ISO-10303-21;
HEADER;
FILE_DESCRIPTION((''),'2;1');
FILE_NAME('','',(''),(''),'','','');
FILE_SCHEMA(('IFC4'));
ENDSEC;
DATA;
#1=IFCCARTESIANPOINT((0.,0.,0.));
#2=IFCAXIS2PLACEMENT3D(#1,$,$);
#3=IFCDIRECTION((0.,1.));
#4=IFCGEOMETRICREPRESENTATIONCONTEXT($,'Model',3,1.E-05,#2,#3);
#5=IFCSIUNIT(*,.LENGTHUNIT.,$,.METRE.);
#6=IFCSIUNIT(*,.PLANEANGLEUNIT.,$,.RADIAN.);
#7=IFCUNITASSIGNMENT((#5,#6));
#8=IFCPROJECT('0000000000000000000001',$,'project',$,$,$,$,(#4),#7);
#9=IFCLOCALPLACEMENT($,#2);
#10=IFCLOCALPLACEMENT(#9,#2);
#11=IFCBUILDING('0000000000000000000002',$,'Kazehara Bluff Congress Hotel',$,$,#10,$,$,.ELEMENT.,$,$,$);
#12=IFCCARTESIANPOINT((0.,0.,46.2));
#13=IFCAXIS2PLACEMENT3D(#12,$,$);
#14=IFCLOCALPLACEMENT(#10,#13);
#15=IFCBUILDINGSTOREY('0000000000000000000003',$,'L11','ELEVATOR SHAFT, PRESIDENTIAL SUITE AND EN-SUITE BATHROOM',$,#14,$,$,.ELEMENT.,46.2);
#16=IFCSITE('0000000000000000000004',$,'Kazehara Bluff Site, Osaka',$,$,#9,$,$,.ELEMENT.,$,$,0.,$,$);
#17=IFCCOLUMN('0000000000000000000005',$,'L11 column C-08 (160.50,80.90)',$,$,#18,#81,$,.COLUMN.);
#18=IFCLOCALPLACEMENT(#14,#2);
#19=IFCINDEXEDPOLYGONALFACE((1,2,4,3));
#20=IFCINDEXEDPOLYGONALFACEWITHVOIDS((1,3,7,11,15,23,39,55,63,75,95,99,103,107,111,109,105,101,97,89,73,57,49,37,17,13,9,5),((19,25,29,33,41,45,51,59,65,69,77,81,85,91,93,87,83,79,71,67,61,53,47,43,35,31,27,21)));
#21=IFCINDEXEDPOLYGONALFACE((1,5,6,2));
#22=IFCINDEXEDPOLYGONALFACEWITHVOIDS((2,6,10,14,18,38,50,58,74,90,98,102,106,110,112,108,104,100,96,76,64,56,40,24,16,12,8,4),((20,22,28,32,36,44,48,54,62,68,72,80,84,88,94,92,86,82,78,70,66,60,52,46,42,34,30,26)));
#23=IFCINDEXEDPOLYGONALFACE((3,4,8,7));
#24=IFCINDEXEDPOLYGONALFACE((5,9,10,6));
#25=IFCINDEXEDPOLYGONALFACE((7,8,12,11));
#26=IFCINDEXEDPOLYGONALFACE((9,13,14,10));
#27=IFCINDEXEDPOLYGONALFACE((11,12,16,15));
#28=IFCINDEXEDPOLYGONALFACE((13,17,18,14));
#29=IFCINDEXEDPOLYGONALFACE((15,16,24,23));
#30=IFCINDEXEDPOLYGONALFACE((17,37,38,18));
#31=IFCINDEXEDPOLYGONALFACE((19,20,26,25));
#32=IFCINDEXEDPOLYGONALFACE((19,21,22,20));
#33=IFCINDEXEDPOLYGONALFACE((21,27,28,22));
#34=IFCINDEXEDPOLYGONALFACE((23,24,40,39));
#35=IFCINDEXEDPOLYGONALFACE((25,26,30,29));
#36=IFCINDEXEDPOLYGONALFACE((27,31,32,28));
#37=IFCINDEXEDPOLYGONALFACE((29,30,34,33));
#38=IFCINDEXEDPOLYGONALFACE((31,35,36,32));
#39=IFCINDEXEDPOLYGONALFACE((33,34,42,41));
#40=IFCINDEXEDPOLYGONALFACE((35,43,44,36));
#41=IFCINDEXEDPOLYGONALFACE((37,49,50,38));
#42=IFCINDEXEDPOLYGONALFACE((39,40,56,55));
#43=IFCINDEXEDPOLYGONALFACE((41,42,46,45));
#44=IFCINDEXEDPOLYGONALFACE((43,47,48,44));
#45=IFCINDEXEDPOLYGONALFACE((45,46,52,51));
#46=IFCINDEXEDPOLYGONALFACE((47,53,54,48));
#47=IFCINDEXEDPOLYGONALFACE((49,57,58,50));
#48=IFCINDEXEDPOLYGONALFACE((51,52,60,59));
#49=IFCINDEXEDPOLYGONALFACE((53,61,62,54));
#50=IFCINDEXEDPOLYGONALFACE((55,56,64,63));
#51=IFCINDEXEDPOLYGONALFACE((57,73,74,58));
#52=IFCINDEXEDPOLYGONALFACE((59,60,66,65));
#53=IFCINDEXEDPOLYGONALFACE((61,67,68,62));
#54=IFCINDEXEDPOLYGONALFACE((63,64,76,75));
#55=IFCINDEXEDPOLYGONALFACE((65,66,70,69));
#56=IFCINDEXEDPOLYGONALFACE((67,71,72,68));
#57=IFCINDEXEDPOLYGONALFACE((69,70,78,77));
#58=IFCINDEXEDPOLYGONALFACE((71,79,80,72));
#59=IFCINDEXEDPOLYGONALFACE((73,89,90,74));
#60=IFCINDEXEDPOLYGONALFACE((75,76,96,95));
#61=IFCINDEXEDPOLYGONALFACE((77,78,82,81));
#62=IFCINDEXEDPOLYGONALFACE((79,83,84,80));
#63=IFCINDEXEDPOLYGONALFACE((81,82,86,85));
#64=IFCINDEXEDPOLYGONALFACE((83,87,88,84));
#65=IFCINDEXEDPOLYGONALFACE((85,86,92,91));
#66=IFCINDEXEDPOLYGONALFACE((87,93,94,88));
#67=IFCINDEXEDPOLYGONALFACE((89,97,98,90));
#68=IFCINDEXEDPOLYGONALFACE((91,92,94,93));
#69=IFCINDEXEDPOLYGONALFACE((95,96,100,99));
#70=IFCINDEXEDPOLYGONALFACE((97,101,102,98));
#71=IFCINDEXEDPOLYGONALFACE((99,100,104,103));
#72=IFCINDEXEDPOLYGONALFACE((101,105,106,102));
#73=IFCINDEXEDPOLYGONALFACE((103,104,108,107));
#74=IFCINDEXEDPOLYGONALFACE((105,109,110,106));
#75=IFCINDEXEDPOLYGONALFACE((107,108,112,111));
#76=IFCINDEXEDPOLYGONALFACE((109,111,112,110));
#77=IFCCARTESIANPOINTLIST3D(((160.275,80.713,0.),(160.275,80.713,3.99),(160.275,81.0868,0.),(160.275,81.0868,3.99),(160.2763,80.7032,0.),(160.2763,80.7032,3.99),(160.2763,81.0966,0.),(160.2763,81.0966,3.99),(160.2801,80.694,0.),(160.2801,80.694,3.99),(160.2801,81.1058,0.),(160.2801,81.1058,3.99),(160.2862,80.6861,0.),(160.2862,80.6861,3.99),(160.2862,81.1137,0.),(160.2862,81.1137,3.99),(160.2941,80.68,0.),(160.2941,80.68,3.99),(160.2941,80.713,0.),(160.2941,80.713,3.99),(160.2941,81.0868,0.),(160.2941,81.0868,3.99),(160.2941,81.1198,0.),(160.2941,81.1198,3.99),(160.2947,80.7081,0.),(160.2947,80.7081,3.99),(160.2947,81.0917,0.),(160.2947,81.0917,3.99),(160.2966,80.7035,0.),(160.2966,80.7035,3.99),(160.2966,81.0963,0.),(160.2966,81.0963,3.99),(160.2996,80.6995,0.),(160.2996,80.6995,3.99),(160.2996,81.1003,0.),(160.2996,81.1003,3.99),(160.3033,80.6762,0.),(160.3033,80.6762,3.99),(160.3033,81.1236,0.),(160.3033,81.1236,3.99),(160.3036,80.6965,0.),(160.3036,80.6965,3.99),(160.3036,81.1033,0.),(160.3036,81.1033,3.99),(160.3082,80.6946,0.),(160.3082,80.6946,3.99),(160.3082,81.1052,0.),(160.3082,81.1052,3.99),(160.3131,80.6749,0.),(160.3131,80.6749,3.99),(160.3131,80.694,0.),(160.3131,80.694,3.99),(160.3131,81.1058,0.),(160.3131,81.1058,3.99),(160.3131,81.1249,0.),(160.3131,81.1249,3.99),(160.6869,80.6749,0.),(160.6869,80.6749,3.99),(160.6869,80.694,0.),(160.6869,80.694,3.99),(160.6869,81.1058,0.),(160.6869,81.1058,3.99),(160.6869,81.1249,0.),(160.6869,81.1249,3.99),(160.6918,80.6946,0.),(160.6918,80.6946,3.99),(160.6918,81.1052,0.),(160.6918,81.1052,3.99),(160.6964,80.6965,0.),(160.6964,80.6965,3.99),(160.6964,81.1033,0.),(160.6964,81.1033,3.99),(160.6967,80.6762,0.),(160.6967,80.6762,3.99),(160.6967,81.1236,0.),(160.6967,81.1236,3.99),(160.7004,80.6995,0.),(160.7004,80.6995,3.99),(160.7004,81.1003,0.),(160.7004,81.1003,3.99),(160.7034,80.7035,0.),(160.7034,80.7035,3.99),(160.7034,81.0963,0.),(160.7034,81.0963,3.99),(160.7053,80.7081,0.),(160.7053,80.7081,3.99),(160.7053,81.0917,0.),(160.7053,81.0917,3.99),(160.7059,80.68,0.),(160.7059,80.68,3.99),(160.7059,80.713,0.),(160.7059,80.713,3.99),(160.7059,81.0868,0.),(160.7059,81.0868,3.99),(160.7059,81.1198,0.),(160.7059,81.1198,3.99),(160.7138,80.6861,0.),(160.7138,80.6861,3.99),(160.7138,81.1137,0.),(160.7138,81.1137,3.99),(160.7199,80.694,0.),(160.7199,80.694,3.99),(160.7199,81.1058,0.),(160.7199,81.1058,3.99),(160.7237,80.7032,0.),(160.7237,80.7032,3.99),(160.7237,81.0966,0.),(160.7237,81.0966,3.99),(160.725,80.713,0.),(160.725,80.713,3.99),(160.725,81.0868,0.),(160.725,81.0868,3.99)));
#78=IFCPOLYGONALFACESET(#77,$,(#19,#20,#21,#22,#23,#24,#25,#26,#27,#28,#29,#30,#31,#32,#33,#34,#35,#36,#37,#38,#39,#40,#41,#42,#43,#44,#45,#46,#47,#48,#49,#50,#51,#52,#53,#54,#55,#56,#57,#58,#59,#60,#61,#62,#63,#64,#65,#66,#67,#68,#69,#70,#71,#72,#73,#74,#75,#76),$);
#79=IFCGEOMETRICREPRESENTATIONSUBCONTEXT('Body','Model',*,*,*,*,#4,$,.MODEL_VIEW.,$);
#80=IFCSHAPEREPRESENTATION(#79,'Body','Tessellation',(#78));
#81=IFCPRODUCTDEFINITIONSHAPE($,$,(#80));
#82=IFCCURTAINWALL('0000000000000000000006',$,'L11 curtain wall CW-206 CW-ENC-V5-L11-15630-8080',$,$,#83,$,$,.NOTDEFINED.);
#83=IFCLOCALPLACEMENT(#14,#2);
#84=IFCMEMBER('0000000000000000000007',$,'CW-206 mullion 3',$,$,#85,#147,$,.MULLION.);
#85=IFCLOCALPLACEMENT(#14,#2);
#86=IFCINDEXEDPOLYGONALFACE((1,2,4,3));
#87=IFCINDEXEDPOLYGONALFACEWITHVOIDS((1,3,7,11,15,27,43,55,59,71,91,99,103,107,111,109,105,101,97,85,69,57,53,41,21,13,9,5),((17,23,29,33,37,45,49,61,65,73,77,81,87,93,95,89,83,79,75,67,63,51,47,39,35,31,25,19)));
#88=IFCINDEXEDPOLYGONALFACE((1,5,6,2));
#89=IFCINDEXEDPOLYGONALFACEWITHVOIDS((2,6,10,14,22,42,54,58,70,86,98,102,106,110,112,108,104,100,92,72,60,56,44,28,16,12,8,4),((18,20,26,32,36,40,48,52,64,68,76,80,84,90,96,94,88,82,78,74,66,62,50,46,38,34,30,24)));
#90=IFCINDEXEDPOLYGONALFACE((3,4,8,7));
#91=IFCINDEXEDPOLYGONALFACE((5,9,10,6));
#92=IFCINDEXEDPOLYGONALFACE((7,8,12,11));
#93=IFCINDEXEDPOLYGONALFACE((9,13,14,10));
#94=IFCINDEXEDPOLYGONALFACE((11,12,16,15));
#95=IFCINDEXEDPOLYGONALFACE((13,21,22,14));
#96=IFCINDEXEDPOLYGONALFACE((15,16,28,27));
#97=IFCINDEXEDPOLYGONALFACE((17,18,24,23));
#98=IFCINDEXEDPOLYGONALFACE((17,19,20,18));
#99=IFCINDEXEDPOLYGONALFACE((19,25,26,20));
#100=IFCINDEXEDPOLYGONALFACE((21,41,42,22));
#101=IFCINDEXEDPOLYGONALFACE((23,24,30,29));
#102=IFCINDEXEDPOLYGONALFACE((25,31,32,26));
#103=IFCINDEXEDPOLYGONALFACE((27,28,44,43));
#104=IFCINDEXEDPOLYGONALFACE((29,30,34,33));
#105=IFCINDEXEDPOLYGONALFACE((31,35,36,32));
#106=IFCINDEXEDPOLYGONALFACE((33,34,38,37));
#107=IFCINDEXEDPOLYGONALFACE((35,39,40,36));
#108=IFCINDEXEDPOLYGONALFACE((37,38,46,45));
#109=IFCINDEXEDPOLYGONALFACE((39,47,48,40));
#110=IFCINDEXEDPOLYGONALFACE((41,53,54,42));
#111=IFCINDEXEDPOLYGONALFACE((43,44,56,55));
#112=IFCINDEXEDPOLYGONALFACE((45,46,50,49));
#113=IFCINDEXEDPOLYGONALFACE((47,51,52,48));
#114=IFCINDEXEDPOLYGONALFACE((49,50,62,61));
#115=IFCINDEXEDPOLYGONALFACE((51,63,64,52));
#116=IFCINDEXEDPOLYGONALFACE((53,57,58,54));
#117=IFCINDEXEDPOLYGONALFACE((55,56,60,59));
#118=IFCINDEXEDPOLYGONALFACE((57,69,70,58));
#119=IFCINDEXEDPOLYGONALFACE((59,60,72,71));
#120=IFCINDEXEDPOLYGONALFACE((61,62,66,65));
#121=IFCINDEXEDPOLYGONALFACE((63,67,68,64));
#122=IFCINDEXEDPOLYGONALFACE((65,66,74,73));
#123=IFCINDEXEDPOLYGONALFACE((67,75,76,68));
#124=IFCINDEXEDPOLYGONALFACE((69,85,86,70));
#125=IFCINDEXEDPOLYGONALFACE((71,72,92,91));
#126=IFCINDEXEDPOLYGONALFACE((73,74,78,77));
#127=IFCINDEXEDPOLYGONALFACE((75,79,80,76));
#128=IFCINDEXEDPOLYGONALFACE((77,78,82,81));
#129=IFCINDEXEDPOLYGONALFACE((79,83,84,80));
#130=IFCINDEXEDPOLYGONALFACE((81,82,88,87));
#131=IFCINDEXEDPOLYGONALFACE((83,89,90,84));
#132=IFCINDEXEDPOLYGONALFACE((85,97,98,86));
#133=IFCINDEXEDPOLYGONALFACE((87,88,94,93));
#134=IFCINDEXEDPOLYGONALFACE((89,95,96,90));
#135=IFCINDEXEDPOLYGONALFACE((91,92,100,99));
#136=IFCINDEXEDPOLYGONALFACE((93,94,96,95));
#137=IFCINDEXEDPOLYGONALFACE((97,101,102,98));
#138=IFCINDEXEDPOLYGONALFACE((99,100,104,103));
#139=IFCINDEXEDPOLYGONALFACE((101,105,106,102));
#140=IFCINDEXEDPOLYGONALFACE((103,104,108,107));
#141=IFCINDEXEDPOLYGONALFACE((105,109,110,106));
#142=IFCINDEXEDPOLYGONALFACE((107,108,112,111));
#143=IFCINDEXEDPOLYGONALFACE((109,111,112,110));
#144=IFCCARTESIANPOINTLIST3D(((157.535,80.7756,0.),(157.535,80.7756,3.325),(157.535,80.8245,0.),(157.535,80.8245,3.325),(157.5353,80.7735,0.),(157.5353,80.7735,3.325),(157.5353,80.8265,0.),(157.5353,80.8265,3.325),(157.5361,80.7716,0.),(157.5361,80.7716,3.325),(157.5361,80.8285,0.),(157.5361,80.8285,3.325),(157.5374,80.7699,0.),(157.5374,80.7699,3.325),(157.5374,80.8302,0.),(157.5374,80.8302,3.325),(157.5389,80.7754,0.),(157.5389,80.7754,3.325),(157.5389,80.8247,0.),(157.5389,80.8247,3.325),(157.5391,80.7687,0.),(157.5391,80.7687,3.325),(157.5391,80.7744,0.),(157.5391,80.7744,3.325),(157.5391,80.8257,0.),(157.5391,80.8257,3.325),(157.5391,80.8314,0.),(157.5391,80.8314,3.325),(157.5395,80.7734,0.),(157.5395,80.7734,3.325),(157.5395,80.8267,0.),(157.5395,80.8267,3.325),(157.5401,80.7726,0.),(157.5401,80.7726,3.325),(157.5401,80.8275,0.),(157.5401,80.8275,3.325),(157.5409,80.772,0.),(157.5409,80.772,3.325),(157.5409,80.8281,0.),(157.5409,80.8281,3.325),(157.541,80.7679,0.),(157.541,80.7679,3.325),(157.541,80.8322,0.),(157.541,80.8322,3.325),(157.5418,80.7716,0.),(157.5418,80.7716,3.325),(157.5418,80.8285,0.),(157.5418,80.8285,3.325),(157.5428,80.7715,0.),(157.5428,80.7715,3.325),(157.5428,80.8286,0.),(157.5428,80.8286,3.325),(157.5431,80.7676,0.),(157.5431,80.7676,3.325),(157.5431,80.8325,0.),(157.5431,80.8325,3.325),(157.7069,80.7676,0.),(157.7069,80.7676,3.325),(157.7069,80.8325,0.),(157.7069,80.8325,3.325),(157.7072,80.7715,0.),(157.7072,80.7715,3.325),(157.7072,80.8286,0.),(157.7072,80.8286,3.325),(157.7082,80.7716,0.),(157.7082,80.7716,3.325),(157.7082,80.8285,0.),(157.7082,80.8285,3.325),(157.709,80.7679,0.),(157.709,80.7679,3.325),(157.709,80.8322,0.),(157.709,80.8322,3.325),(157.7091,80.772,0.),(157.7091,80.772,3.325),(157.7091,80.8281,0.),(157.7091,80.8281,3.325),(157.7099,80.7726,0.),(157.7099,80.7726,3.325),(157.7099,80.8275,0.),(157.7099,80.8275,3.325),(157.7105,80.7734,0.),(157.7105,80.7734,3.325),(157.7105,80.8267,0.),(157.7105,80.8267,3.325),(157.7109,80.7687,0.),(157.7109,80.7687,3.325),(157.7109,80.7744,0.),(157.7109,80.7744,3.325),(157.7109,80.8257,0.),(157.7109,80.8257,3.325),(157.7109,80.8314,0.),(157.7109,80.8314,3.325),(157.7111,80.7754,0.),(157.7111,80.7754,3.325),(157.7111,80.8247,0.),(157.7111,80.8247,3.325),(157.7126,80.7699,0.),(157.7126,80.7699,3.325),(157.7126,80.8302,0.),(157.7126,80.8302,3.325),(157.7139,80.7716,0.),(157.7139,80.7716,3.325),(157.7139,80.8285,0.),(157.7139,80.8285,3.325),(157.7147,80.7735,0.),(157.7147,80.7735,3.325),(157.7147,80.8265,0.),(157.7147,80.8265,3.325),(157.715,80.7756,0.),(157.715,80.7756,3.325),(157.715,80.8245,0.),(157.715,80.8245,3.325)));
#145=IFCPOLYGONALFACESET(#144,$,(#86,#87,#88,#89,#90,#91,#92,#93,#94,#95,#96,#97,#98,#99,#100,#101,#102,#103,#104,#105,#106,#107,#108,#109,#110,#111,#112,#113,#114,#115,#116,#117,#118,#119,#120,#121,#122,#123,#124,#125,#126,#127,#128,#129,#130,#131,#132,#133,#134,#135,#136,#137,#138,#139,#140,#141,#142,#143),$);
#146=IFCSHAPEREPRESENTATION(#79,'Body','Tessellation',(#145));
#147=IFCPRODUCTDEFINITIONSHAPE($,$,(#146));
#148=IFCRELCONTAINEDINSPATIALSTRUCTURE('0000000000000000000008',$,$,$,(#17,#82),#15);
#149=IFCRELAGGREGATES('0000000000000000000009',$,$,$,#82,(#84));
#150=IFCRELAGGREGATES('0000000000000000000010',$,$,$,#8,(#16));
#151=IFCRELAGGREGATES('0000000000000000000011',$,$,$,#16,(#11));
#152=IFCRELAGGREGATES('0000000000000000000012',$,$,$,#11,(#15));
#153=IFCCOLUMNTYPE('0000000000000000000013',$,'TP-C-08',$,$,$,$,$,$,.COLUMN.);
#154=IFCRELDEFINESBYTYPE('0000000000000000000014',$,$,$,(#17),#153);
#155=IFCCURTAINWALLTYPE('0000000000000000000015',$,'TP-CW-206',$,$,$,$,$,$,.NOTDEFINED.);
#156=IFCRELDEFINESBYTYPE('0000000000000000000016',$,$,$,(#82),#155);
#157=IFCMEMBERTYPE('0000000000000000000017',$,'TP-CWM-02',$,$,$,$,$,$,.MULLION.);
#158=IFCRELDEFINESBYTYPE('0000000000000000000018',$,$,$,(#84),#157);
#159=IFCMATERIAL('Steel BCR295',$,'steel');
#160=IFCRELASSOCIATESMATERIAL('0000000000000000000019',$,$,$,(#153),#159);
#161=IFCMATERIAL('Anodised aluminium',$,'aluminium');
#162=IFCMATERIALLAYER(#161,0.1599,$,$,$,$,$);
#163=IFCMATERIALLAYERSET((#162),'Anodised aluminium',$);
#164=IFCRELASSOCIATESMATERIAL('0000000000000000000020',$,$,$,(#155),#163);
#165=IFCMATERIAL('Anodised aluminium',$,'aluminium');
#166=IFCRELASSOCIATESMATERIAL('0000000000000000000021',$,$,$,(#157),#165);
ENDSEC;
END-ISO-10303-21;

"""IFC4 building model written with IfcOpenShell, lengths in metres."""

from ifc_helpers import new_model, si_unit, direction, frame, origin, origin_2d, place, context, subcontext, project, spatial, hollow_rectangle, extrude, material, layer, layer_set, material_profile, profile_set, type_object, element, aggregate, save


model = new_model("IFC4")

# Units and contexts
model_context = context("Model", 3, precision=1e-05, world=origin(), true_north=direction((0.0, 1.0)))
body_context = subcontext(model_context, "Body", "Model", "MODEL_VIEW")
ifc_project = project(units=[si_unit("LENGTHUNIT", "METRE"), si_unit("PLANEANGLEUNIT", "RADIAN")], contexts=[model_context])

# Site, building, storey
site_placement = place(None, origin())
site = spatial("IfcSite", under=ifc_project, at=site_placement, Name="Kazehara Bluff Site, Osaka", CompositionType="ELEMENT", RefElevation=0.0)
building_placement = place(site_placement, origin())
building = spatial("IfcBuilding", under=site, at=building_placement, Name="Kazehara Bluff Congress Hotel", CompositionType="ELEMENT")
storey_placement = place(building_placement, frame((0.0, 0.0, 46.2)))
storey = spatial("IfcBuildingStorey", under=building, at=storey_placement, Name="L11", Description="ELEVATOR SHAFT, PRESIDENTIAL SUITE AND EN-SUITE BATHROOM", CompositionType="ELEMENT", Elevation=46.2)

# Column
ifc_material_1 = material(Name="Steel BCR295", Category="steel")
ifc_material_profile_1 = material_profile(ifc_material_1, hollow_rectangle(XDim=0.45, YDim=0.45, WallThickness=0.019, InnerFilletRadius=0.019, OuterFilletRadius=0.0381, at=origin_2d()))
ifc_profile_set_1 = profile_set([ifc_material_profile_1], Name="Steel BCR295")
column_type = type_object("IfcColumnType", Name="TP-C-08", PredefinedType="COLUMN", material=ifc_profile_set_1)
column_placement = place(storey_placement, frame((160.5, 80.8999, 0.0), z_axis=(0.0, 0.0, 1.0), x_axis=(1.0, 0.0, 0.0)))
element("IfcColumn", 1, at=column_placement, inside=storey, type_object=column_type, Name="L11 column C-08 (160.50,80.90)", PredefinedType="COLUMN", context=body_context, shape_type="SweptSolid", body=[
    extrude(hollow_rectangle(XDim=0.45, YDim=0.45, WallThickness=0.019, InnerFilletRadius=0.019, OuterFilletRadius=0.0381, at=origin_2d()), origin(), (0.0, 0.0, 1.0), 3.99),
])

# Curtain wall, member
ifc_material_2 = material(Name="Anodised aluminium", Category="aluminium")
ifc_layer_1 = layer(ifc_material_2, 0.1599)
ifc_layer_set_1 = layer_set([ifc_layer_1], Name="Anodised aluminium")
curtain_wall_type_1 = type_object("IfcCurtainWallType", Name="TP-CW-206", PredefinedType="NOTDEFINED", material=ifc_layer_set_1)
curtain_wall_1_placement = place(storey_placement, origin())
curtain_wall_1 = element("IfcCurtainWall", 2, at=curtain_wall_1_placement, inside=storey, type_object=curtain_wall_type_1, Name="L11 curtain wall CW-206 CW-ENC-V5-L11-15630-8080", PredefinedType="NOTDEFINED")
ifc_material_3 = material(Name="Anodised aluminium", Category="aluminium")
ifc_material_profile_2 = material_profile(ifc_material_3, hollow_rectangle(XDim=0.0649, YDim=0.1799, WallThickness=0.0039, InnerFilletRadius=0.0039, OuterFilletRadius=0.0081, at=origin_2d()))
ifc_profile_set_2 = profile_set([ifc_material_profile_2], Name="Anodised aluminium")
member_type_1 = type_object("IfcMemberType", Name="TP-CWM-02", PredefinedType="MULLION", material=ifc_profile_set_2)
member_1_placement = place(storey_placement, frame((157.625, 80.8, 0.0), z_axis=(0.0, 0.0, 1.0), x_axis=(0.0, 1.0, 0.0)))
member_1 = element("IfcMember", 3, at=member_1_placement, type_object=member_type_1, Name="CW-206 mullion 3", PredefinedType="MULLION", context=body_context, shape_type="SweptSolid", body=[
    extrude(hollow_rectangle(XDim=0.0649, YDim=0.1799, WallThickness=0.0039, InnerFilletRadius=0.0039, OuterFilletRadius=0.0081, at=origin_2d()), origin(), (0.0, 0.0, 1.0), 3.325),
])

aggregate(curtain_wall_1, [member_1])

save(model, "model.ifc")
